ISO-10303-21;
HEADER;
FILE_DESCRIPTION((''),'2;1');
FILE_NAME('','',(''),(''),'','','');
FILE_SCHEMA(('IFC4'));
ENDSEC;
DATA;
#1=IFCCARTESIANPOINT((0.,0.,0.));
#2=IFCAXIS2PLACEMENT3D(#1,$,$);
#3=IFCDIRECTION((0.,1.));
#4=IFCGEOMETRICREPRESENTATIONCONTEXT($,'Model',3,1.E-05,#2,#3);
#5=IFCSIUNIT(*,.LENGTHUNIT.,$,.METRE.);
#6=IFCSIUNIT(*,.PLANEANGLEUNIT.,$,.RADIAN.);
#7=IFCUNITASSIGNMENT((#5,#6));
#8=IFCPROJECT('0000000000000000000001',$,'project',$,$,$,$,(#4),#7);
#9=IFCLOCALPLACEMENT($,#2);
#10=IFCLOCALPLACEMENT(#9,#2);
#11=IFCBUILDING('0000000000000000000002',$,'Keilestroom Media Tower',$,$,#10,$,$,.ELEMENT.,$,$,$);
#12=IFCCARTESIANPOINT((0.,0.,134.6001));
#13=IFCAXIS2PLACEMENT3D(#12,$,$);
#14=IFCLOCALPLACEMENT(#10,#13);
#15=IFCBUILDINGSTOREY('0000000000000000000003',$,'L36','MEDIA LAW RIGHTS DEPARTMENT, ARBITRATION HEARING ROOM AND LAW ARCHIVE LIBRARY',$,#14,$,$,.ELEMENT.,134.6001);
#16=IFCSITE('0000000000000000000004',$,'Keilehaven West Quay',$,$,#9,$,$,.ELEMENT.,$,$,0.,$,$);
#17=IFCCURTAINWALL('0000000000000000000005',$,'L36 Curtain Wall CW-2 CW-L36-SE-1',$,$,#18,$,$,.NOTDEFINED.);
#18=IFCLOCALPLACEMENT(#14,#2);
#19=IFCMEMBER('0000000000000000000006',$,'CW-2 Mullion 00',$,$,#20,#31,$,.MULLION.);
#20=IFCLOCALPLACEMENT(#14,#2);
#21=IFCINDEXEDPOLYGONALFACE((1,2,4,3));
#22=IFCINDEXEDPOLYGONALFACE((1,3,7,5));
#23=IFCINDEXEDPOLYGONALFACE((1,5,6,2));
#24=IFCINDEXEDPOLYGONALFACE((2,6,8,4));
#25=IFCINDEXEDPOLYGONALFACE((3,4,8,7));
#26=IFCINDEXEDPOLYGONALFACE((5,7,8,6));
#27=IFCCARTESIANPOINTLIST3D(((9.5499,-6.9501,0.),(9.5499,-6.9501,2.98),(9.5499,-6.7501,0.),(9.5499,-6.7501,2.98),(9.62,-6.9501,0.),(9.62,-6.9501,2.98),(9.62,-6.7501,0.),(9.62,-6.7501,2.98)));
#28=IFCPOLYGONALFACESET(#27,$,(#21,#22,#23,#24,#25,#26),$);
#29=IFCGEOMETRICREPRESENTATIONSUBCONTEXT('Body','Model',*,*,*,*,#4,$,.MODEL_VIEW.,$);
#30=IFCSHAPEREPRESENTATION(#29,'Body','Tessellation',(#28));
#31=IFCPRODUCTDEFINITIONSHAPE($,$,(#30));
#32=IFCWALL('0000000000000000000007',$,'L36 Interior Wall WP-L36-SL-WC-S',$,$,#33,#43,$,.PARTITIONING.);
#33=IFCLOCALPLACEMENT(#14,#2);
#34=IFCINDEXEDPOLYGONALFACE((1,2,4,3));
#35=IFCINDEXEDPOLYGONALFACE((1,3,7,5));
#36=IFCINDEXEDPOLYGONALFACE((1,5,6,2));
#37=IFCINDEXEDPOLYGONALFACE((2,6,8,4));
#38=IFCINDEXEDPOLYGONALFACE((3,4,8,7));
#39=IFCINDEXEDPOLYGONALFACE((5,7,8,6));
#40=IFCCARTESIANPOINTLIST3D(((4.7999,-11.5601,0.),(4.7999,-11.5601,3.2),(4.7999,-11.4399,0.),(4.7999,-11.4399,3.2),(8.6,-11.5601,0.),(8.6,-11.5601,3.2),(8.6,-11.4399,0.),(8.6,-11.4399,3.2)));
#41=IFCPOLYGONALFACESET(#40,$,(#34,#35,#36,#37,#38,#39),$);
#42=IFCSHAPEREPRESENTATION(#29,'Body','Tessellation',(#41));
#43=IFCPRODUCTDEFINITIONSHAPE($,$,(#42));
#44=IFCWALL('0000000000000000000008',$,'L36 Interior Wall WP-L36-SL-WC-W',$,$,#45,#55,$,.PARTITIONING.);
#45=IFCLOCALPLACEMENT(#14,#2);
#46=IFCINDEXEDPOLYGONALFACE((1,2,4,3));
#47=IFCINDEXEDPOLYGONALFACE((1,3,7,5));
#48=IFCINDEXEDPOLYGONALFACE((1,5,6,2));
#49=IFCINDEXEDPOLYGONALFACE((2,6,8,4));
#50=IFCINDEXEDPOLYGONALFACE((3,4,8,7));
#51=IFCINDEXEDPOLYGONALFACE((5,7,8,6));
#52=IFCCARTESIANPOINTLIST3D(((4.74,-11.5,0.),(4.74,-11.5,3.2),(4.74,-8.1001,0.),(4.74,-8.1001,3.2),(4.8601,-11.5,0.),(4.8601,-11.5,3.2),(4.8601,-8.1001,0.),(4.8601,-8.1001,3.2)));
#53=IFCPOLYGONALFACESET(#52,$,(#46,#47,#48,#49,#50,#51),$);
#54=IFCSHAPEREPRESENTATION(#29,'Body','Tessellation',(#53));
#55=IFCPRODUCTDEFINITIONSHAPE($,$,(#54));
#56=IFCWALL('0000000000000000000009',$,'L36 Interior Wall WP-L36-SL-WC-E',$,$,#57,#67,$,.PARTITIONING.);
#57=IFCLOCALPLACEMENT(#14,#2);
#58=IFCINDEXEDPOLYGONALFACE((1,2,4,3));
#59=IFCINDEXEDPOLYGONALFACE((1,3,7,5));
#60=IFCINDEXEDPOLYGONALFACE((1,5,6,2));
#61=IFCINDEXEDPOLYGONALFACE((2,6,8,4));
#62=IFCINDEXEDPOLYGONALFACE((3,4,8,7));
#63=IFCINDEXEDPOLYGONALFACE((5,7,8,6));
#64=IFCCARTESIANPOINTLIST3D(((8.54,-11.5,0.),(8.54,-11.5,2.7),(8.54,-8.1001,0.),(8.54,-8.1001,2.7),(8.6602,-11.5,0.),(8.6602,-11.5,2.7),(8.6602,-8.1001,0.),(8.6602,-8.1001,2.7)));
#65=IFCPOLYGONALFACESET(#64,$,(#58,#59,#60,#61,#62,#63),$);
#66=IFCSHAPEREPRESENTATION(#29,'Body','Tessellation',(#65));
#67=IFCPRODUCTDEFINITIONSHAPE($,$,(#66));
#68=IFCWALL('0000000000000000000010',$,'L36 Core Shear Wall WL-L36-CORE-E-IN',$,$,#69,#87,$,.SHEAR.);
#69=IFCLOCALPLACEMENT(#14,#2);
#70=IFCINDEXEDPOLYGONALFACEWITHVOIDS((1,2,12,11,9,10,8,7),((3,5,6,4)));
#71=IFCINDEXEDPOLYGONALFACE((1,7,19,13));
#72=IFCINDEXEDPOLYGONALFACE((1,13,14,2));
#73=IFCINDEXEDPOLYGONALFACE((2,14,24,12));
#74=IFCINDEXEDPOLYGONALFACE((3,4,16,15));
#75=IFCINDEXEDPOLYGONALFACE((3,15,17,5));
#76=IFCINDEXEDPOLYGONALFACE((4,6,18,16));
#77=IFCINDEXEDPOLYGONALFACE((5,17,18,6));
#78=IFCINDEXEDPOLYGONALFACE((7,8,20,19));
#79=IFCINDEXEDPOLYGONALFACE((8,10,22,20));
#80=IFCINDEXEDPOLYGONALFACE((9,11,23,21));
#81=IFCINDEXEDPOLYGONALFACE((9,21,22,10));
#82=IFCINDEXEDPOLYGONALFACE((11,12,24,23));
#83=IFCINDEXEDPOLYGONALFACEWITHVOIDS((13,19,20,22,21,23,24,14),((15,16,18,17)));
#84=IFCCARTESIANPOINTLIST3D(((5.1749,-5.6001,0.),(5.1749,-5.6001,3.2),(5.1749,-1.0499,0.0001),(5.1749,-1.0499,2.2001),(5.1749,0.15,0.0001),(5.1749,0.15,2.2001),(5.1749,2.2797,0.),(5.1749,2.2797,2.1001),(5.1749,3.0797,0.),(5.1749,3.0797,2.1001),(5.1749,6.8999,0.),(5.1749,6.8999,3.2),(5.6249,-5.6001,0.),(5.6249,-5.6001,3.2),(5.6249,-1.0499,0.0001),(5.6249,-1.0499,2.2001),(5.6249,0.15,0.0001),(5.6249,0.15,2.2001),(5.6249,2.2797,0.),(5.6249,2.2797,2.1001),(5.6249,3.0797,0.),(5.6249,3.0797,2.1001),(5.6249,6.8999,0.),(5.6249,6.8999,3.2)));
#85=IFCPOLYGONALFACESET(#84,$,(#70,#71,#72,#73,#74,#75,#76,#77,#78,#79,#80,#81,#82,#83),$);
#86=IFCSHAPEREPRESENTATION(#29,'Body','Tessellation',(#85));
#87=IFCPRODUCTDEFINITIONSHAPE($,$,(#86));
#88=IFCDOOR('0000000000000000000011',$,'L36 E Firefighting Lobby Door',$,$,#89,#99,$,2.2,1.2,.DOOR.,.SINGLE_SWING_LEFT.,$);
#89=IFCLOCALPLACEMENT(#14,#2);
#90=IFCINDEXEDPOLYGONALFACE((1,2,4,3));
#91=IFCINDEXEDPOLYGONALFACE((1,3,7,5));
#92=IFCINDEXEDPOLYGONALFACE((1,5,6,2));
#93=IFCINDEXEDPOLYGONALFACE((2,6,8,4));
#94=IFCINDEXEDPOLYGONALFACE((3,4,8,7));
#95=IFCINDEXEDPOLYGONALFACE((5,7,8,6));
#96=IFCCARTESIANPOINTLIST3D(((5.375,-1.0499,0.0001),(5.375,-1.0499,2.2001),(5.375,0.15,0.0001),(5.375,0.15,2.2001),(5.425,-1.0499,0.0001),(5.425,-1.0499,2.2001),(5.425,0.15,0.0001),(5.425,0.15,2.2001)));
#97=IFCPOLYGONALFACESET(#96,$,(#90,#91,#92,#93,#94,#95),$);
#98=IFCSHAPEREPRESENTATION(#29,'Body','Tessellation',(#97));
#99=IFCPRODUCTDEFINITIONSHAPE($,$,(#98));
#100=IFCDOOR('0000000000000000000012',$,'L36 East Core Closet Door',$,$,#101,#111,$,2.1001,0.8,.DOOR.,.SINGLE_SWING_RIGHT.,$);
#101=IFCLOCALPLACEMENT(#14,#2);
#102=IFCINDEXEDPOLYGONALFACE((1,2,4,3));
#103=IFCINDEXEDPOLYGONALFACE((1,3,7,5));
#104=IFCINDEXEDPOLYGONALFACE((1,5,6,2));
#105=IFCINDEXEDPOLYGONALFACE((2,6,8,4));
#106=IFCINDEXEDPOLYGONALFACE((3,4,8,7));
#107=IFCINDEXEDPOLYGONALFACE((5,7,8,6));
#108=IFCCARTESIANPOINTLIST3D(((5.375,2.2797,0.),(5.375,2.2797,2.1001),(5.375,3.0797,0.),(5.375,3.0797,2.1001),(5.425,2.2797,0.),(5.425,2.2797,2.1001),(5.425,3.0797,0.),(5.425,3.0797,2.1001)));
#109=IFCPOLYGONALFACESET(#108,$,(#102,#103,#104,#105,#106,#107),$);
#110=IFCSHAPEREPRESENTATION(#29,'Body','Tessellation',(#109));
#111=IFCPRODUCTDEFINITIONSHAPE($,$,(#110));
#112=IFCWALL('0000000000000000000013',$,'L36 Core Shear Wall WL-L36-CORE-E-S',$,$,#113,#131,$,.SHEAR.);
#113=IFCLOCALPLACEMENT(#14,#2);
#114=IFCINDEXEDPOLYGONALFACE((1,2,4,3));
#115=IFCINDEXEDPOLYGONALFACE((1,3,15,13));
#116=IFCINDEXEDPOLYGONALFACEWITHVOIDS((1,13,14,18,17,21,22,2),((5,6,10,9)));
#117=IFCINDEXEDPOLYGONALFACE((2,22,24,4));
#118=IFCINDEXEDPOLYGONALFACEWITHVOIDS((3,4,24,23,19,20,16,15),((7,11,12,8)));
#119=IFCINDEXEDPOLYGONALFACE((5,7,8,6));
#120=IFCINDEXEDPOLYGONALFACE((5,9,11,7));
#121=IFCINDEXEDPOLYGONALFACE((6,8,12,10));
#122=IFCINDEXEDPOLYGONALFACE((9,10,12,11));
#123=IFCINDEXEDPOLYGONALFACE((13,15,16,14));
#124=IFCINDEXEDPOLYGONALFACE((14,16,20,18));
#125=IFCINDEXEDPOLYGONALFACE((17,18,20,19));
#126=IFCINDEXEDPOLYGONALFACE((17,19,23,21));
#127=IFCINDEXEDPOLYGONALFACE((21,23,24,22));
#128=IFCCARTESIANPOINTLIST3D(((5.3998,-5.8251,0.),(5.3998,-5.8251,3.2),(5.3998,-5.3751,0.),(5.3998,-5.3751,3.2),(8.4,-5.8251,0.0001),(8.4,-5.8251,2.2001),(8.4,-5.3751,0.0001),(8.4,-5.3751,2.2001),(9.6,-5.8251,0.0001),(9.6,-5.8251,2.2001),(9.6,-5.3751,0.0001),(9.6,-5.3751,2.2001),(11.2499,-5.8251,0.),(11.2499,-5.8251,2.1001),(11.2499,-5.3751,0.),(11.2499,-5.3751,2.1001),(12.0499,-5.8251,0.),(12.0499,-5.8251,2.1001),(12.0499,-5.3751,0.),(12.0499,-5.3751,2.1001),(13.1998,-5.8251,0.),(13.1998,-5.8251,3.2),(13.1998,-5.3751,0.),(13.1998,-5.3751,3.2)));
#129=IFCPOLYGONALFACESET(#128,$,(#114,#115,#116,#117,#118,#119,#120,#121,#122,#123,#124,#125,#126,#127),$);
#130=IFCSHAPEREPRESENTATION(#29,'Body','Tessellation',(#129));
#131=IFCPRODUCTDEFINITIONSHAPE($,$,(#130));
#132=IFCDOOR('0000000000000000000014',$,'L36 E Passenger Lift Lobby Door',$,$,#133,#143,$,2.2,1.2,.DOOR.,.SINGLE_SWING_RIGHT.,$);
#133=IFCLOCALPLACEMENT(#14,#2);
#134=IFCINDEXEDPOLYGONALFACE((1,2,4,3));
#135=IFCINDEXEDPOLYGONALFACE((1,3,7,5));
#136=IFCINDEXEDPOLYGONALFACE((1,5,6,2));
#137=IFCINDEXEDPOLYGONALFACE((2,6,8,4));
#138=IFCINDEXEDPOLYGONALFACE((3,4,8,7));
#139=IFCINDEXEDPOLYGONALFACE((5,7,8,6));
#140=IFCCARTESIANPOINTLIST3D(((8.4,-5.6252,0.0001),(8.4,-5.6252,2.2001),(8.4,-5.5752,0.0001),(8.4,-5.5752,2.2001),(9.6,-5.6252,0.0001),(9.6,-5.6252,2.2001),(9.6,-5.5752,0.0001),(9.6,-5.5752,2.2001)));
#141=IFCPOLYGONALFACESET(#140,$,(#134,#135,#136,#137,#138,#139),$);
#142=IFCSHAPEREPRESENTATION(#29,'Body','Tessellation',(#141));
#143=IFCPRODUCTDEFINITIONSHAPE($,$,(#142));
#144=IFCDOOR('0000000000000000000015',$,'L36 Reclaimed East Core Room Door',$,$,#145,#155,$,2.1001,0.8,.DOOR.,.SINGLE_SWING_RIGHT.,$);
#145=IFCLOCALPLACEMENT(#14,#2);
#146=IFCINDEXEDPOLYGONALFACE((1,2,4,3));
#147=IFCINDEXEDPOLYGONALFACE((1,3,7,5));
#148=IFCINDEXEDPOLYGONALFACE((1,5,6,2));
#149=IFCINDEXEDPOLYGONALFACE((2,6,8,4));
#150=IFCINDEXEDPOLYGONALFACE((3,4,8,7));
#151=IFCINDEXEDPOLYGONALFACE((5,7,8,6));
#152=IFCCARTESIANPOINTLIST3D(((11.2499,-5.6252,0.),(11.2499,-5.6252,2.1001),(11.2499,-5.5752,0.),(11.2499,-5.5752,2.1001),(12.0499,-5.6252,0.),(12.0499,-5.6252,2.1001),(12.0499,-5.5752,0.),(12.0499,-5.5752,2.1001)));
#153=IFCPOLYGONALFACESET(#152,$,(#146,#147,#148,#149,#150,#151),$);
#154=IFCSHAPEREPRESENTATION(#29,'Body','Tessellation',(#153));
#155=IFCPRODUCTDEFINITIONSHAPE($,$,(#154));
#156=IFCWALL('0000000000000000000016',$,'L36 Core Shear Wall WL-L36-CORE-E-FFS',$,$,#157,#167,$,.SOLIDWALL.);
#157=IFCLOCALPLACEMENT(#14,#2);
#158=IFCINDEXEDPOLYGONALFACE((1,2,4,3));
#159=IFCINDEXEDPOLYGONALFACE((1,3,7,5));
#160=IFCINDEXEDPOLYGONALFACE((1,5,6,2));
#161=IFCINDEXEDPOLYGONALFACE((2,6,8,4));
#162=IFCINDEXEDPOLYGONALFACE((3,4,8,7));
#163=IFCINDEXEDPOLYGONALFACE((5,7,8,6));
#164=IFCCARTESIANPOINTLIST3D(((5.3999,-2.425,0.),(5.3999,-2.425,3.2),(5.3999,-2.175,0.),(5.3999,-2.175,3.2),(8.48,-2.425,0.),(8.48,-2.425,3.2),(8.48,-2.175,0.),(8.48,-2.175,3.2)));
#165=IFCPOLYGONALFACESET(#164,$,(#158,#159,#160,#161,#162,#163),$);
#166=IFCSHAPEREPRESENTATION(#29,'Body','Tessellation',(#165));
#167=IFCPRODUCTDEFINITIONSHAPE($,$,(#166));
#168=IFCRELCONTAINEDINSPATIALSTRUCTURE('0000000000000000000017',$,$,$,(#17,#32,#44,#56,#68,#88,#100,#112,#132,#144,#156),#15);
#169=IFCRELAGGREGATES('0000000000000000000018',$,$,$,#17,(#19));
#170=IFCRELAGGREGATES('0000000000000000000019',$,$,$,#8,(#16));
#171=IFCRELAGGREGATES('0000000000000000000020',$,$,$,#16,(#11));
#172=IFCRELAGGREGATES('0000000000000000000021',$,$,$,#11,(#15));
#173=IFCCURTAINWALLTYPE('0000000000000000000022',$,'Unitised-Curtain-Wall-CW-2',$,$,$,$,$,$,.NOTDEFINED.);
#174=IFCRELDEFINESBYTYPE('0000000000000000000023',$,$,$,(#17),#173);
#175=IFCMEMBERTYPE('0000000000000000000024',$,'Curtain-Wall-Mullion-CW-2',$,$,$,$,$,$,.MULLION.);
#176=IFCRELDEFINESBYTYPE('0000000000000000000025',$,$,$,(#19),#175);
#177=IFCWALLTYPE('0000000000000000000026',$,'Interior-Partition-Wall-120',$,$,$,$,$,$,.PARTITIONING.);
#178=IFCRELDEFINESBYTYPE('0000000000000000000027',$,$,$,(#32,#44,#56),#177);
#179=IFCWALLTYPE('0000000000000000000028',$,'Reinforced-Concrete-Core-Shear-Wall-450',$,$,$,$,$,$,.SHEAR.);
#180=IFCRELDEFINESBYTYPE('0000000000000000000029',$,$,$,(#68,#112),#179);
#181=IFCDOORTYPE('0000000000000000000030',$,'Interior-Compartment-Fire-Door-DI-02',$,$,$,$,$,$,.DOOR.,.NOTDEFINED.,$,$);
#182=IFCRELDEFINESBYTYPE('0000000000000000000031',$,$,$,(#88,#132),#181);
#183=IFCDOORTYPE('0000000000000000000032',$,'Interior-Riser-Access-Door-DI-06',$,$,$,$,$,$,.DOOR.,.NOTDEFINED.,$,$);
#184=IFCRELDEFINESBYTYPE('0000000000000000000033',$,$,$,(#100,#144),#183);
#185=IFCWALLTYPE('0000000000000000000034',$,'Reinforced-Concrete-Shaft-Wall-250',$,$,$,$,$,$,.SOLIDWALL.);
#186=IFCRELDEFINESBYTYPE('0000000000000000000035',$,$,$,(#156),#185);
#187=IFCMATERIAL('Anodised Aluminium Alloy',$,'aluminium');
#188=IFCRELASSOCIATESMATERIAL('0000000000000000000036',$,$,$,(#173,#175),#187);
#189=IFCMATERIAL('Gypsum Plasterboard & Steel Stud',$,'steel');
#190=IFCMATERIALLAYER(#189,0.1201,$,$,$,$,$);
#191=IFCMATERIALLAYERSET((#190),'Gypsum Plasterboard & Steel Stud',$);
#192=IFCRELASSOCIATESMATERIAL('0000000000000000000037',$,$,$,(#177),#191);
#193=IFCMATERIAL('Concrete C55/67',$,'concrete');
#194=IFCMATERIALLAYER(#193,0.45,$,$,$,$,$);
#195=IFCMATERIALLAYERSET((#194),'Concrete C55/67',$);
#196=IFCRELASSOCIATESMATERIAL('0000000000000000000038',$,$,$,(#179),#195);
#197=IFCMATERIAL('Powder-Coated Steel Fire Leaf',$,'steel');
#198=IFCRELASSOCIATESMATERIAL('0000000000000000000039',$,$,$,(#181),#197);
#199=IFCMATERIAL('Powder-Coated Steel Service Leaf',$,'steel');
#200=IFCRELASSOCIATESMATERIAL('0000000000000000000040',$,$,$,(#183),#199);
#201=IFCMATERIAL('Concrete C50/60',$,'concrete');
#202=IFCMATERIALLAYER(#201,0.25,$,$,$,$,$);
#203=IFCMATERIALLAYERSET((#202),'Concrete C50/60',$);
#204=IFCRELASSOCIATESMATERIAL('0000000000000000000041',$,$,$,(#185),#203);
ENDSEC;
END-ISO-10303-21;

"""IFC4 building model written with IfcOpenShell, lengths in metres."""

from ifc_helpers import new_model, si_unit, direction, frame, frame_2d, origin, origin_2d, place, context, subcontext, project, spatial, rectangle, extrude, source, transform, mapped, material, layer, layer_set, material_profile, profile_set, type_object, element, fill, aggregate, save


model = new_model("IFC4")

# Units and contexts
model_context = context("Model", 3, precision=1e-05, world=origin(), true_north=direction((0.0, 1.0)))
body_context = subcontext(model_context, "Body", "Model", "MODEL_VIEW")
ifc_project = project(units=[si_unit("LENGTHUNIT", "METRE"), si_unit("PLANEANGLEUNIT", "RADIAN")], contexts=[model_context])

# Site, building, storey
site_placement = place(None, origin())
site = spatial("IfcSite", under=ifc_project, at=site_placement, Name="Keilehaven West Quay", CompositionType="ELEMENT", RefElevation=0.0)
building_placement = place(site_placement, origin())
building = spatial("IfcBuilding", under=site, at=building_placement, Name="Keilestroom Media Tower", CompositionType="ELEMENT")
storey_placement = place(building_placement, frame((0.0, 0.0, 134.6001)))
storey = spatial("IfcBuildingStorey", under=building, at=storey_placement, Name="L36", Description="MEDIA LAW RIGHTS DEPARTMENT, ARBITRATION HEARING ROOM AND LAW ARCHIVE LIBRARY", CompositionType="ELEMENT", Elevation=134.6001)

# Shared definitions
ifc_material_1 = material(Name="Concrete C55/67", Category="concrete")

# Curtain wall, member
ifc_material_2 = material(Name="Anodised Aluminium Alloy", Category="aluminium")
curtain_wall_type = type_object("IfcCurtainWallType", Name="Unitised-Curtain-Wall-CW-2", PredefinedType="NOTDEFINED", material=ifc_material_2)
curtain_wall_placement = place(storey_placement, origin())
curtain_wall = element("IfcCurtainWall", 1, at=curtain_wall_placement, inside=storey, type_object=curtain_wall_type, Name="L36 Curtain Wall CW-2 CW-L36-SE-1", PredefinedType="NOTDEFINED")
ifc_material_profile_1 = material_profile(ifc_material_2, rectangle(XDim=0.0701, YDim=0.2, at=origin_2d()), Name="ALU MULLION 70x200")
ifc_profile_set_1 = profile_set([ifc_material_profile_1], Name="Anodised Aluminium Alloy")
member_type = type_object("IfcMemberType", Name="Curtain-Wall-Mullion-CW-2", PredefinedType="MULLION", material=ifc_profile_set_1)
shared_shape_1 = source(origin(), body_context, "Body", "SweptSolid", [
    extrude(rectangle(XDim=0.0701, YDim=0.2, at=origin_2d()), origin(), (0.0, 0.0, 1.0), 2.98),
])
member_placement = place(storey_placement, frame((9.585, -6.8501, 0.0), z_axis=(0.0, 0.0, 1.0), x_axis=(1.0, 0.0, 0.0)))
member = element("IfcMember", 2, at=member_placement, type_object=member_type, Name="CW-2 Mullion 00", PredefinedType="MULLION", context=body_context, shape_type="MappedRepresentation", body=[
    mapped(shared_shape_1, transform((0.0, 0.0, 0.0), x_axis=(1.0, 0.0, 0.0), y_axis=(0.0, 1.0, 0.0), z_axis=(0.0, 0.0, 1.0), scale=1.0)),
])
aggregate(curtain_wall, [member])

# Walls
ifc_material_3 = material(Name="Gypsum Plasterboard & Steel Stud", Category="steel")
ifc_layer_1 = layer(ifc_material_3, 0.1201)
ifc_layer_set_1 = layer_set([ifc_layer_1], Name="Gypsum Plasterboard & Steel Stud")
wall_type_1 = type_object("IfcWallType", Name="Interior-Partition-Wall-120", PredefinedType="PARTITIONING", material=ifc_layer_set_1)
wall_1_placement = place(storey_placement, frame((4.8, -11.5, 0.0), z_axis=(0.0, 0.0, 1.0), x_axis=(1.0, 0.0, 0.0)))
element("IfcWall", 3, at=wall_1_placement, inside=storey, type_object=wall_type_1, Name="L36 Interior Wall WP-L36-SL-WC-S", PredefinedType="PARTITIONING", context=body_context, shape_type="SweptSolid", body=[
    extrude(rectangle(XDim=3.8, YDim=0.1201, at=frame_2d((1.8999, 0.0))), origin(), (0.0, 0.0, 1.0), 3.2),
])
wall_2_placement = place(storey_placement, frame((4.8, -11.5, 0.0), z_axis=(0.0, 0.0, 1.0), x_axis=(0.0, 1.0, 0.0)))
element("IfcWall", 4, at=wall_2_placement, inside=storey, type_object=wall_type_1, Name="L36 Interior Wall WP-L36-SL-WC-W", PredefinedType="PARTITIONING", context=body_context, shape_type="SweptSolid", body=[
    extrude(rectangle(XDim=3.3999, YDim=0.1201, at=frame_2d((1.7, 0.0))), origin(), (0.0, 0.0, 1.0), 3.2),
])
wall_3_placement = place(storey_placement, frame((8.6001, -11.5, 0.0), z_axis=(0.0, 0.0, 1.0), x_axis=(0.0, 1.0, 0.0)))
element("IfcWall", 5, at=wall_3_placement, inside=storey, type_object=wall_type_1, Name="L36 Interior Wall WP-L36-SL-WC-E", PredefinedType="PARTITIONING", context=body_context, shape_type="SweptSolid", body=[
    extrude(rectangle(XDim=3.3999, YDim=0.1201, at=frame_2d((1.7, 0.0))), origin(), (0.0, 0.0, 1.0), 2.7),
])

# Walls, openings, doors
ifc_layer_2 = layer(ifc_material_1, 0.45)
ifc_layer_set_2 = layer_set([ifc_layer_2], Name="Concrete C55/67")
wall_type_2 = type_object("IfcWallType", Name="Reinforced-Concrete-Core-Shear-Wall-450", PredefinedType="SHEAR", material=ifc_layer_set_2)
wall_4_placement = place(storey_placement, frame((5.3999, -5.6001, 0.0), z_axis=(0.0, 0.0, 1.0), x_axis=(0.0, 1.0, 0.0)))
wall_4 = element("IfcWall", 6, at=wall_4_placement, inside=storey, type_object=wall_type_2, Name="L36 Core Shear Wall WL-L36-CORE-E-IN", PredefinedType="SHEAR", context=body_context, shape_type="SweptSolid", body=[
    extrude(rectangle(XDim=12.5, YDim=0.45, at=frame_2d((6.25, 0.0))), origin(), (0.0, 0.0, 1.0), 3.2),
])
opening_1_placement = place(wall_4_placement, frame((4.55, 0.0, 0.0)))
opening_1 = element("IfcOpeningElement", 7, at=opening_1_placement, cuts=wall_4, PredefinedType="OPENING", context=body_context, shape_type="SweptSolid", body=[
    extrude(rectangle(XDim=1.2, YDim=2.2, at=frame_2d((0.6001, 1.1001))), frame((0.0, 0.2349, 0.0), z_axis=(0.0, -1.0, 0.0), x_axis=(1.0, 0.0, 0.0)), (0.0, 0.0, 1.0), 0.47),
])
opening_2_placement = place(wall_4_placement, frame((7.8799, 0.0, 0.0)))
opening_2 = element("IfcOpeningElement", 8, at=opening_2_placement, cuts=wall_4, PredefinedType="OPENING", context=body_context, shape_type="SweptSolid", body=[
    extrude(rectangle(XDim=0.8, YDim=2.1001, at=frame_2d((0.3999, 1.05))), frame((0.0, 0.2349, 0.0), z_axis=(0.0, -1.0, 0.0), x_axis=(1.0, 0.0, 0.0)), (0.0, 0.0, 1.0), 0.47),
])
ifc_material_4 = material(Name="Powder-Coated Steel Fire Leaf", Category="steel")
door_type_1 = type_object("IfcDoorType", Name="Interior-Compartment-Fire-Door-DI-02", OperationType="NOTDEFINED", PredefinedType="DOOR", material=ifc_material_4)
shared_shape_2 = source(origin(), body_context, "Body", "SweptSolid", [
    extrude(rectangle(XDim=1.2, YDim=2.2, at=frame_2d((0.6001, 1.1001))), frame((0.0, 0.0249, 0.0), z_axis=(0.0, -1.0, 0.0), x_axis=(1.0, 0.0, 0.0)), (0.0, 0.0, 1.0), 0.05),
])
door_1_placement = place(opening_1_placement, origin())
door_1 = element("IfcDoor", 9, at=door_1_placement, inside=storey, type_object=door_type_1, Name="L36 E Firefighting Lobby Door", OperationType="SINGLE_SWING_LEFT", OverallHeight=2.2, OverallWidth=1.2, PredefinedType="DOOR", context=body_context, shape_type="MappedRepresentation", body=[
    mapped(shared_shape_2, transform((0.0, 0.0, 0.0), x_axis=(1.0, 0.0, 0.0), y_axis=(0.0, 1.0, 0.0), z_axis=(0.0, 0.0, 1.0), scale=1.0)),
])
fill(opening_1, door_1)
ifc_material_5 = material(Name="Powder-Coated Steel Service Leaf", Category="steel")
door_type_2 = type_object("IfcDoorType", Name="Interior-Riser-Access-Door-DI-06", OperationType="NOTDEFINED", PredefinedType="DOOR", material=ifc_material_5)
shared_shape_3 = source(origin(), body_context, "Body", "SweptSolid", [
    extrude(rectangle(XDim=0.8, YDim=2.1001, at=frame_2d((0.3999, 1.05))), frame((0.0, 0.0249, 0.0), z_axis=(0.0, -1.0, 0.0), x_axis=(1.0, 0.0, 0.0)), (0.0, 0.0, 1.0), 0.05),
])
door_2_placement = place(opening_2_placement, origin())
door_2 = element("IfcDoor", 10, at=door_2_placement, inside=storey, type_object=door_type_2, Name="L36 East Core Closet Door", OperationType="SINGLE_SWING_RIGHT", OverallHeight=2.1001, OverallWidth=0.8, PredefinedType="DOOR", context=body_context, shape_type="MappedRepresentation", body=[
    mapped(shared_shape_3, transform((0.0, 0.0, 0.0), x_axis=(1.0, 0.0, 0.0), y_axis=(0.0, 1.0, 0.0), z_axis=(0.0, 0.0, 1.0), scale=1.0)),
])
fill(opening_2, door_2)
wall_5_placement = place(storey_placement, frame((5.3999, -5.6001, 0.0), z_axis=(0.0, 0.0, 1.0), x_axis=(1.0, 0.0, 0.0)))
wall_5 = element("IfcWall", 11, at=wall_5_placement, inside=storey, type_object=wall_type_2, Name="L36 Core Shear Wall WL-L36-CORE-E-S", PredefinedType="SHEAR", context=body_context, shape_type="SweptSolid", body=[
    extrude(rectangle(XDim=7.8, YDim=0.45, at=frame_2d((3.8999, 0.0))), origin(), (0.0, 0.0, 1.0), 3.2),
])
opening_3_placement = place(wall_5_placement, frame((3.0, 0.0, 0.0)))
opening_3 = element("IfcOpeningElement", 12, at=opening_3_placement, cuts=wall_5, PredefinedType="OPENING", context=body_context, shape_type="SweptSolid", body=[
    extrude(rectangle(XDim=1.2, YDim=2.2, at=frame_2d((0.6001, 1.1001))), frame((0.0, 0.2349, 0.0), z_axis=(0.0, -1.0, 0.0), x_axis=(1.0, 0.0, 0.0)), (0.0, 0.0, 1.0), 0.47),
])
opening_4_placement = place(wall_5_placement, frame((5.8501, 0.0, 0.0)))
opening_4 = element("IfcOpeningElement", 13, at=opening_4_placement, cuts=wall_5, PredefinedType="OPENING", context=body_context, shape_type="SweptSolid", body=[
    extrude(rectangle(XDim=0.8, YDim=2.1001, at=frame_2d((0.3999, 1.05))), frame((0.0, 0.2349, 0.0), z_axis=(0.0, -1.0, 0.0), x_axis=(1.0, 0.0, 0.0)), (0.0, 0.0, 1.0), 0.47),
])
door_3_placement = place(opening_3_placement, origin())
door_3 = element("IfcDoor", 14, at=door_3_placement, inside=storey, type_object=door_type_1, Name="L36 E Passenger Lift Lobby Door", OperationType="SINGLE_SWING_RIGHT", OverallHeight=2.2, OverallWidth=1.2, PredefinedType="DOOR", context=body_context, shape_type="MappedRepresentation", body=[
    mapped(shared_shape_2, transform((0.0, 0.0, 0.0), x_axis=(1.0, 0.0, 0.0), y_axis=(0.0, 1.0, 0.0), z_axis=(0.0, 0.0, 1.0), scale=1.0)),
])
fill(opening_3, door_3)
door_4_placement = place(opening_4_placement, origin())
door_4 = element("IfcDoor", 15, at=door_4_placement, inside=storey, type_object=door_type_2, Name="L36 Reclaimed East Core Room Door", OperationType="SINGLE_SWING_RIGHT", OverallHeight=2.1001, OverallWidth=0.8, PredefinedType="DOOR", context=body_context, shape_type="MappedRepresentation", body=[
    mapped(shared_shape_3, transform((0.0, 0.0, 0.0), x_axis=(1.0, 0.0, 0.0), y_axis=(0.0, 1.0, 0.0), z_axis=(0.0, 0.0, 1.0), scale=1.0)),
])
fill(opening_4, door_4)

# Wall
ifc_material_6 = material(Name="Concrete C50/60", Category="concrete")
ifc_layer_3 = layer(ifc_material_6, 0.25)
ifc_layer_set_3 = layer_set([ifc_layer_3], Name="Concrete C50/60")
wall_type_3 = type_object("IfcWallType", Name="Reinforced-Concrete-Shaft-Wall-250", PredefinedType="SOLIDWALL", material=ifc_layer_set_3)
wall_6_placement = place(storey_placement, frame((5.3999, -2.3, 0.0), z_axis=(0.0, 0.0, 1.0), x_axis=(1.0, 0.0, 0.0)))
element("IfcWall", 16, at=wall_6_placement, inside=storey, type_object=wall_type_3, Name="L36 Core Shear Wall WL-L36-CORE-E-FFS", PredefinedType="SOLIDWALL", context=body_context, shape_type="SweptSolid", body=[
    extrude(rectangle(XDim=3.0801, YDim=0.25, at=frame_2d((1.54, 0.0))), origin(), (0.0, 0.0, 1.0), 3.2),
])

save(model, "model.ifc")
